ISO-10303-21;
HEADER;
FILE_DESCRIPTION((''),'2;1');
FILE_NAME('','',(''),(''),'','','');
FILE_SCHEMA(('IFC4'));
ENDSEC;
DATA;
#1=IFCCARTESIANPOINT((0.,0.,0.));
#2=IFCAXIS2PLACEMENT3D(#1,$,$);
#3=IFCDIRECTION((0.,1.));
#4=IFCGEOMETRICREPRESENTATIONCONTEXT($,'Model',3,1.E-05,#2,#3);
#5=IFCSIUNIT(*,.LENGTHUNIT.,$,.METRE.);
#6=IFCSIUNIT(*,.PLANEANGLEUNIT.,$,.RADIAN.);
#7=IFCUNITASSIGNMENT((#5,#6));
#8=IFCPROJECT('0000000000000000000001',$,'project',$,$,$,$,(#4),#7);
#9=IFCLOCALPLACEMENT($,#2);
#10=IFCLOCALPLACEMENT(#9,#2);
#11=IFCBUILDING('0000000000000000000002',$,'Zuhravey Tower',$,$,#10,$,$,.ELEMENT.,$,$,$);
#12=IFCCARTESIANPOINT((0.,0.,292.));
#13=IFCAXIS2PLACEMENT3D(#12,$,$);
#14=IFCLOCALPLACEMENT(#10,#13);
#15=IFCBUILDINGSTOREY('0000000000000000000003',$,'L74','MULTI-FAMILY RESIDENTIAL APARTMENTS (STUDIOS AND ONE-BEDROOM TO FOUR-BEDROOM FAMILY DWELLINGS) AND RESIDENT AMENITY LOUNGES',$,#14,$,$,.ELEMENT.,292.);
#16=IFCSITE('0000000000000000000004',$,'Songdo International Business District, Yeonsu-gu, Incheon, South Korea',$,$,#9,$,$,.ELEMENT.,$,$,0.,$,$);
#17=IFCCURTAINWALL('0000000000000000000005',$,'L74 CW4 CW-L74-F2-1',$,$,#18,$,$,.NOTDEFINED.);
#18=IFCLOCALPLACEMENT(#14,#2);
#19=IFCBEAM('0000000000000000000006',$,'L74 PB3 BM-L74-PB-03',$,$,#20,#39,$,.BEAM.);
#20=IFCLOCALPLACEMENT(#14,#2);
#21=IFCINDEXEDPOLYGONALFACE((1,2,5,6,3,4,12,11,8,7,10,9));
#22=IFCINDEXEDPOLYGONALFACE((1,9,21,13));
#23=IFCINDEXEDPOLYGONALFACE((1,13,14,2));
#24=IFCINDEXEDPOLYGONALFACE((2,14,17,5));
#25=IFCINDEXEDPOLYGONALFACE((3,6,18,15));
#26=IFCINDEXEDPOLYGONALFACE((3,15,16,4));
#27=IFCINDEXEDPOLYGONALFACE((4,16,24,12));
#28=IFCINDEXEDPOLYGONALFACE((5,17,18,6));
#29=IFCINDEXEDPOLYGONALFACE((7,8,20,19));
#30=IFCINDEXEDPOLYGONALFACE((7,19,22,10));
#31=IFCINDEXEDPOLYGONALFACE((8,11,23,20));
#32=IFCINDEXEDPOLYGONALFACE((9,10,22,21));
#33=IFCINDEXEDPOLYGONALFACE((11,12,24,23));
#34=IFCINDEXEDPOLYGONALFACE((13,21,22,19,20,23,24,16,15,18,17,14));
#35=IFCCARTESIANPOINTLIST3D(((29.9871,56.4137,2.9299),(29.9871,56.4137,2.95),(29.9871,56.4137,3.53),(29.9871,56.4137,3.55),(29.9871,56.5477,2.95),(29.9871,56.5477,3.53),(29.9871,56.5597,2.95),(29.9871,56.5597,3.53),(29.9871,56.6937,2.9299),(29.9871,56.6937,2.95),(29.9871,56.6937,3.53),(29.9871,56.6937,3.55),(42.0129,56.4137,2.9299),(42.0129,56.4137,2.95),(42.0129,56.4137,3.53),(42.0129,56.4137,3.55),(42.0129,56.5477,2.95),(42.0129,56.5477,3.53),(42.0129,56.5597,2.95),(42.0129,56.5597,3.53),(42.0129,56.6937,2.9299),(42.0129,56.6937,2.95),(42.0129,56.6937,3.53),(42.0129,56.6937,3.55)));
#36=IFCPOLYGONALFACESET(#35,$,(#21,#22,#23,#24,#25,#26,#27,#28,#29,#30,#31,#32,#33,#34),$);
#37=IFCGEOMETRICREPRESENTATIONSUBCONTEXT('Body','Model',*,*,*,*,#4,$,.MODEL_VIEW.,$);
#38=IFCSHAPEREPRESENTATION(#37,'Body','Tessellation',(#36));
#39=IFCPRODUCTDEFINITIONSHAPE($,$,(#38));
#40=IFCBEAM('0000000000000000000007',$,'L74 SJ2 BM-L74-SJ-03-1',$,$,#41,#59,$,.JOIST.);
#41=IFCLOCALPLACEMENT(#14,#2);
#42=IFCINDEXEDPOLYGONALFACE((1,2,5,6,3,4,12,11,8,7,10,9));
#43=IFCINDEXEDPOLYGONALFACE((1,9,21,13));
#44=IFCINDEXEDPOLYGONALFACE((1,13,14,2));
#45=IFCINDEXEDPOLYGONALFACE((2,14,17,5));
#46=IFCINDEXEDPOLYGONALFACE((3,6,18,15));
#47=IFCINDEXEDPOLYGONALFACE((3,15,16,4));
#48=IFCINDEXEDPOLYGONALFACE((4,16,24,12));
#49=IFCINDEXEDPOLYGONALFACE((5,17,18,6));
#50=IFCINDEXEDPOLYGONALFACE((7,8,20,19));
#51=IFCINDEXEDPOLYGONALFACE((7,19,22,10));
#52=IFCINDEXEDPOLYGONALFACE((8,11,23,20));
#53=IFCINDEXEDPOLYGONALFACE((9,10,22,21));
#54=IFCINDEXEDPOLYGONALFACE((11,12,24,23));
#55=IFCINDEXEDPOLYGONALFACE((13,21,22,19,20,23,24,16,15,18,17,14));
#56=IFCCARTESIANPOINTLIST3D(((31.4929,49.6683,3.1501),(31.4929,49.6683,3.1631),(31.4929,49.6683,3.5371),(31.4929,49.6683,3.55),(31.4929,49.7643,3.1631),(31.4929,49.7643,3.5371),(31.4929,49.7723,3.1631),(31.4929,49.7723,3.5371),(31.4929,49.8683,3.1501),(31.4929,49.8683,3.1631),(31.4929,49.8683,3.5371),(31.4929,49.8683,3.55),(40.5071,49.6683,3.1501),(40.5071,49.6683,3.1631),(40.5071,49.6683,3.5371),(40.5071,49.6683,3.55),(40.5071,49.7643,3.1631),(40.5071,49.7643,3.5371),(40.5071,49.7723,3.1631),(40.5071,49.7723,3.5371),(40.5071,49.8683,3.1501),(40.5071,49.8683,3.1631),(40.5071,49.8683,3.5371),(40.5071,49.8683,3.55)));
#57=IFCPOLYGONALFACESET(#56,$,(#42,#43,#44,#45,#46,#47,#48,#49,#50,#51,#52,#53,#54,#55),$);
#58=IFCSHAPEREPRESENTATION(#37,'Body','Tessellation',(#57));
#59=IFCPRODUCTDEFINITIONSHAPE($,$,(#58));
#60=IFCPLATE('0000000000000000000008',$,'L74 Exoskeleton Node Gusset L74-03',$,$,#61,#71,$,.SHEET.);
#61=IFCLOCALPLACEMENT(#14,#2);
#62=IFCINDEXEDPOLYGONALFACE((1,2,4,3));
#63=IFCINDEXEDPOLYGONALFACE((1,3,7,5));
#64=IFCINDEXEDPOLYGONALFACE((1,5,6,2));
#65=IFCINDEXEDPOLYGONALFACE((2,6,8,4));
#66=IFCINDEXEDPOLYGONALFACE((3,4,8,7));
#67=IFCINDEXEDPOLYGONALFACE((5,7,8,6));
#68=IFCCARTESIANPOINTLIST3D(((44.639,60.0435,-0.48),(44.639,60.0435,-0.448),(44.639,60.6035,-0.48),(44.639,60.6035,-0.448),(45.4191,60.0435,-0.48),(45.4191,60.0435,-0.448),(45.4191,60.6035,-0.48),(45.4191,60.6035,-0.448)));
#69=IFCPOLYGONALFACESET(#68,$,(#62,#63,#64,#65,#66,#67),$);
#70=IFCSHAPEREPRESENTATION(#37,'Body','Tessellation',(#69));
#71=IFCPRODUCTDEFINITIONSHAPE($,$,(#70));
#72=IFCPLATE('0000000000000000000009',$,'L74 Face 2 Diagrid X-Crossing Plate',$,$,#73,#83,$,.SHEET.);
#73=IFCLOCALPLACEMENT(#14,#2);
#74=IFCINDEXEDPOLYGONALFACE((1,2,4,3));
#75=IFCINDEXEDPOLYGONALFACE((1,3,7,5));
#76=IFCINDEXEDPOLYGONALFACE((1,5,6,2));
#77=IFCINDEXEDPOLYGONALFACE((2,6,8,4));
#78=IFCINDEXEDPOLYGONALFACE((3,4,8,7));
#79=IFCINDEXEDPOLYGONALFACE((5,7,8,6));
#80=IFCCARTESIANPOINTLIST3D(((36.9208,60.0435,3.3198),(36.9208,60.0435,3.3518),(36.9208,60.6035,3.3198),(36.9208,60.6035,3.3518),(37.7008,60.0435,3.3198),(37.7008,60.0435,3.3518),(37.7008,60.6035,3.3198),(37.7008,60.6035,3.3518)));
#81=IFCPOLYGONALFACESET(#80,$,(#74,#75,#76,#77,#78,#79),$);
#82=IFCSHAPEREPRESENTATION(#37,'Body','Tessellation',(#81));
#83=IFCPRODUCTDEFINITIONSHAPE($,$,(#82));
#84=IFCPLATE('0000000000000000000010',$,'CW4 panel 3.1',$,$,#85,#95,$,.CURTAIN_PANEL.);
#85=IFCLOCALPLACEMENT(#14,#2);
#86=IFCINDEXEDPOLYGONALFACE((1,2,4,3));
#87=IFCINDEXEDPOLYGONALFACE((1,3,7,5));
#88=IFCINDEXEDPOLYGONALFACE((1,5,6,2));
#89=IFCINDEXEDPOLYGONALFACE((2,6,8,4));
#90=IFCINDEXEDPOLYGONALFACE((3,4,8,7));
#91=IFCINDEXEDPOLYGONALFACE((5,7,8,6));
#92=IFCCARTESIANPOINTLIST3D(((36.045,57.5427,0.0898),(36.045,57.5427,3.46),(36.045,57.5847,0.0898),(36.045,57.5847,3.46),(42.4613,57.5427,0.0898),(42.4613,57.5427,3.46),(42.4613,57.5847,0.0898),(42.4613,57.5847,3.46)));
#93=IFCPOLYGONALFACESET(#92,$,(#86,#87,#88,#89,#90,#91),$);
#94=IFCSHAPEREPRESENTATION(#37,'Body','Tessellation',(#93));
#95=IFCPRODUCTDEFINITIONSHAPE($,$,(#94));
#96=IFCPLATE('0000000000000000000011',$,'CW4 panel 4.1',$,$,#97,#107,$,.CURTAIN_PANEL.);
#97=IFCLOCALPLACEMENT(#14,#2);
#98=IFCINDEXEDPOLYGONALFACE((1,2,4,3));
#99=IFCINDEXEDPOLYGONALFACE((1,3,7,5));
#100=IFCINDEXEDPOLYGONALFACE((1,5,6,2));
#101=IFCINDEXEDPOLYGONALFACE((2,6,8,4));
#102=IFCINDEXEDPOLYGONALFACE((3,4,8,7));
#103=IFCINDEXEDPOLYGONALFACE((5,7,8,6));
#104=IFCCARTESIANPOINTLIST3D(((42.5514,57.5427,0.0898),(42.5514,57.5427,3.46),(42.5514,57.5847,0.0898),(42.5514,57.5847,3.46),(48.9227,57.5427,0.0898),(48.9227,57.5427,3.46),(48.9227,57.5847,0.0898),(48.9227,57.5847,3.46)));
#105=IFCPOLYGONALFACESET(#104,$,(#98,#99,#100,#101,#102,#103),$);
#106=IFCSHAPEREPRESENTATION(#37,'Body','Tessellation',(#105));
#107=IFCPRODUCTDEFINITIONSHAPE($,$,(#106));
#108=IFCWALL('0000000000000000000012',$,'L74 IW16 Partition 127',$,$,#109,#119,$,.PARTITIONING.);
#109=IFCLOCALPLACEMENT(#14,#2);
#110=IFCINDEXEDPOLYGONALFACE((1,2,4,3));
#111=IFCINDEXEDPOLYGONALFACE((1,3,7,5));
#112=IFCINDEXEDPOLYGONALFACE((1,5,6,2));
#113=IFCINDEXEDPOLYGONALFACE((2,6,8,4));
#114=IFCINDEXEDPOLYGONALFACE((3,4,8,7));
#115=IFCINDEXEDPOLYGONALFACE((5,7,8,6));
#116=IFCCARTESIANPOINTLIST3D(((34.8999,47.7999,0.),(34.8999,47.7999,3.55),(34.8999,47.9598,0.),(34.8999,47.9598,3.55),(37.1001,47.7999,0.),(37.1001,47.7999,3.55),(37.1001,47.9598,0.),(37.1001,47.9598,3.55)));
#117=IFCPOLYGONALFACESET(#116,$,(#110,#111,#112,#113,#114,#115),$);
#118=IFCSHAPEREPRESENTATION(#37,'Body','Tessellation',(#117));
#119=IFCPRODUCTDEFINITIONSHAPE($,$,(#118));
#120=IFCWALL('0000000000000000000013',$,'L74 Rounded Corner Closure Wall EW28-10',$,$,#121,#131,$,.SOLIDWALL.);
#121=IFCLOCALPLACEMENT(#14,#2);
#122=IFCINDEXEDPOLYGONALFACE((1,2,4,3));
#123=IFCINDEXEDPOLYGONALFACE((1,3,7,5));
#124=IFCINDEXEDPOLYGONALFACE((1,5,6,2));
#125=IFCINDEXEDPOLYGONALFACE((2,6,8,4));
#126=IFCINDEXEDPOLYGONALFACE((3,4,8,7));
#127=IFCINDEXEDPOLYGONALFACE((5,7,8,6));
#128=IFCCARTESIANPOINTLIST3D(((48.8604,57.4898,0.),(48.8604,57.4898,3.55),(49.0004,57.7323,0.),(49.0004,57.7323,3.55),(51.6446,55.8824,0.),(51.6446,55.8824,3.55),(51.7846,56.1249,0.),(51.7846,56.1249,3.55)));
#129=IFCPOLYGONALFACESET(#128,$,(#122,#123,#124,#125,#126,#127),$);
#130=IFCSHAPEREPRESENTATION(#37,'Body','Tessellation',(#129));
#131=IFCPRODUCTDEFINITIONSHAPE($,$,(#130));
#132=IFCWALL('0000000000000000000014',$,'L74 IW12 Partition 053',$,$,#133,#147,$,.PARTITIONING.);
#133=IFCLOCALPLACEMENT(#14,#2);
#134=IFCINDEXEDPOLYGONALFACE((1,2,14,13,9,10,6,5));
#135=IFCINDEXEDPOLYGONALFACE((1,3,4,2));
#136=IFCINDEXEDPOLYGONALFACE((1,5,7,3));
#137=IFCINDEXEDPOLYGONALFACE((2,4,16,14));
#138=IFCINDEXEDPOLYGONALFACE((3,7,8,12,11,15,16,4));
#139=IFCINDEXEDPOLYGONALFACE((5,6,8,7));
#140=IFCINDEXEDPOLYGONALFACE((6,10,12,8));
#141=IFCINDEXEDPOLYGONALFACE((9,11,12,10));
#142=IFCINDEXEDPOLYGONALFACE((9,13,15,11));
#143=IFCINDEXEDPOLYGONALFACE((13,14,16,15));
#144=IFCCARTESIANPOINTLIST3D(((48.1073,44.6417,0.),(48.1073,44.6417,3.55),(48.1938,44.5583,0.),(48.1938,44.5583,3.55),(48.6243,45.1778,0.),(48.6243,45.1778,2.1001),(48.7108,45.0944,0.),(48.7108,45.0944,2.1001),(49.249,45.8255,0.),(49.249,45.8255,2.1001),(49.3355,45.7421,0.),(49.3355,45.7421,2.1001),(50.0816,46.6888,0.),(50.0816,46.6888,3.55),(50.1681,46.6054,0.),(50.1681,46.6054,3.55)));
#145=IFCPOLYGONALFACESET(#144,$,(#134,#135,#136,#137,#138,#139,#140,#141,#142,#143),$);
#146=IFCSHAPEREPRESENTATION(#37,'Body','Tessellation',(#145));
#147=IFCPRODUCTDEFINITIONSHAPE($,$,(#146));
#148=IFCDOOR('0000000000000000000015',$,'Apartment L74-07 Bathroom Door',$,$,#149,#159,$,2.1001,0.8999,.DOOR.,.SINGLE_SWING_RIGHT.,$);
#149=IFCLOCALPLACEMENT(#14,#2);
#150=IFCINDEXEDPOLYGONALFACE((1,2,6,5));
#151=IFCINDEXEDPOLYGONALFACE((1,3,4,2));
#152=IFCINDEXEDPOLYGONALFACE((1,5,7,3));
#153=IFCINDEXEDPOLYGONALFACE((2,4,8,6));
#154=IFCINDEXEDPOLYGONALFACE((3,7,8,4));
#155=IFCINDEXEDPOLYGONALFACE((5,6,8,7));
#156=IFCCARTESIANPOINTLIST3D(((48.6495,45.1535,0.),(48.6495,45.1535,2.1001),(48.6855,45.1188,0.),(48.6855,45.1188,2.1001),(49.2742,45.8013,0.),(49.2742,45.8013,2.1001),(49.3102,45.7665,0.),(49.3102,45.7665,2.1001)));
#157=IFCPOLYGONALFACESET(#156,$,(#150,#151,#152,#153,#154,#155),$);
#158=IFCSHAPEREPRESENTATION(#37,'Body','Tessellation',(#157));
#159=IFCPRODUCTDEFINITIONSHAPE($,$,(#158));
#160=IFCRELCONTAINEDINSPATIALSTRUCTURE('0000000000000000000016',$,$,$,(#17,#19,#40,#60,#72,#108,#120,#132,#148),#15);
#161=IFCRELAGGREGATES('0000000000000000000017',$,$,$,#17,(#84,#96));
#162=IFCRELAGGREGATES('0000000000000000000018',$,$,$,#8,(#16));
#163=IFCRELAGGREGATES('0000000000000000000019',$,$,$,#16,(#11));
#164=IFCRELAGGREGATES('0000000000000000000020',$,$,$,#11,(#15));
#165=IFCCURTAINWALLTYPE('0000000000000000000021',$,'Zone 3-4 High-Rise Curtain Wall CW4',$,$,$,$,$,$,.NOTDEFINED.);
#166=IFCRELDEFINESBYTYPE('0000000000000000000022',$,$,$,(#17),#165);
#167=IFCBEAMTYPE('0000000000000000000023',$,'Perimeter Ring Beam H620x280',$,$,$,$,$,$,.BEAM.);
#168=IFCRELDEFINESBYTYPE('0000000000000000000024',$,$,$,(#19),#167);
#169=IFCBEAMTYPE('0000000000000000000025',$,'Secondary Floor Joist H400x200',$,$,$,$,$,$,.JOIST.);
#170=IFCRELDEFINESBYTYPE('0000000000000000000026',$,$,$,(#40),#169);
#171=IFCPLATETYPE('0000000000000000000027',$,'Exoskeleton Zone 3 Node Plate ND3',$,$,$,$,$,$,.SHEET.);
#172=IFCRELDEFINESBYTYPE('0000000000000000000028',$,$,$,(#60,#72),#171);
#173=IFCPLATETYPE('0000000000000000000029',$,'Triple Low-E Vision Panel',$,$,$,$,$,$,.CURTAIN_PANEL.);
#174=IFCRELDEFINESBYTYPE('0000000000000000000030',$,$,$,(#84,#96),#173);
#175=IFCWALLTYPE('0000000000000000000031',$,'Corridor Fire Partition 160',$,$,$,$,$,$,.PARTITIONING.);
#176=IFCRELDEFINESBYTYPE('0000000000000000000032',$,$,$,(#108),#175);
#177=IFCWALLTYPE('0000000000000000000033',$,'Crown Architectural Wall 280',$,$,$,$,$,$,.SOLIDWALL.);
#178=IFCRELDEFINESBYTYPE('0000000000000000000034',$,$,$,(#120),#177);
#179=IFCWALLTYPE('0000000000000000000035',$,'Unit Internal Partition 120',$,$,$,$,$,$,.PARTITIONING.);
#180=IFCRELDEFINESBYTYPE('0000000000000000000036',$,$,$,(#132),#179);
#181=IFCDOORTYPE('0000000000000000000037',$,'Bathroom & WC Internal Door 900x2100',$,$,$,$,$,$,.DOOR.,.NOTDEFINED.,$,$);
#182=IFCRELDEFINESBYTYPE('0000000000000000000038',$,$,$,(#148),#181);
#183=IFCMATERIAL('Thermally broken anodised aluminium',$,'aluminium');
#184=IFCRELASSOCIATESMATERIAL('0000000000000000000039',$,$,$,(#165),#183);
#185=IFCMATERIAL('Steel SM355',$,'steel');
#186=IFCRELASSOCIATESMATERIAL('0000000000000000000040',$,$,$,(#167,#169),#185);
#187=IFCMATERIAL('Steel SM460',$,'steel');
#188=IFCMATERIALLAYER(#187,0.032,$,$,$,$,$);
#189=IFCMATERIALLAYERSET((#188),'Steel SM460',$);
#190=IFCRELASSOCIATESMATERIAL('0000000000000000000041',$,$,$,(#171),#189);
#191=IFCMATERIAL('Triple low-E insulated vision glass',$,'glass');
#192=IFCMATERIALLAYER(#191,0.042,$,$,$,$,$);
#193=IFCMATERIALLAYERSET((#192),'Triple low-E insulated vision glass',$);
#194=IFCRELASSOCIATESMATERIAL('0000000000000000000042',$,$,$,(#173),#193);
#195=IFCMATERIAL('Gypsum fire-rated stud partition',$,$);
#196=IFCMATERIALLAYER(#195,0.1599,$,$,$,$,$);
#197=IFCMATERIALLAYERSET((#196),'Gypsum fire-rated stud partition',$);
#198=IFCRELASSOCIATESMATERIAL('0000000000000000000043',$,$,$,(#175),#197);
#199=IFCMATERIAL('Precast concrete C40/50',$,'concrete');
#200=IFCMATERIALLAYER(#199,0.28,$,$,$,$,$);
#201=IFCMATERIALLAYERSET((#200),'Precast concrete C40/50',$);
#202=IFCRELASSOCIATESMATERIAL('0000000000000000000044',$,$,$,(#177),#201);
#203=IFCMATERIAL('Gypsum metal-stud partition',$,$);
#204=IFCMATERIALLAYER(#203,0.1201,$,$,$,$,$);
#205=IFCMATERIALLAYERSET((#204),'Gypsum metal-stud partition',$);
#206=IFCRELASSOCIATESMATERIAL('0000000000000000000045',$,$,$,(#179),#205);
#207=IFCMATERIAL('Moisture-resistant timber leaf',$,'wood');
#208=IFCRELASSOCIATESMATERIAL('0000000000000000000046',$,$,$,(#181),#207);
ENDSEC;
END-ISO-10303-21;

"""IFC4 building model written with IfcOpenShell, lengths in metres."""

from ifc_helpers import new_model, si_unit, direction, frame, frame_2d, origin, origin_2d, place, context, subcontext, project, spatial, rectangle, i_section, extrude, material, layer, layer_set, material_profile, profile_set, type_object, element, fill, aggregate, save


model = new_model("IFC4")

# Units and contexts
model_context = context("Model", 3, precision=1e-05, world=origin(), true_north=direction((0.0, 1.0)))
body_context = subcontext(model_context, "Body", "Model", "MODEL_VIEW")
ifc_project = project(units=[si_unit("LENGTHUNIT", "METRE"), si_unit("PLANEANGLEUNIT", "RADIAN")], contexts=[model_context])

# Site, building, storey
site_placement = place(None, origin())
site = spatial("IfcSite", under=ifc_project, at=site_placement, Name="Songdo International Business District, Yeonsu-gu, Incheon, South Korea", CompositionType="ELEMENT", RefElevation=0.0)
building_placement = place(site_placement, origin())
building = spatial("IfcBuilding", under=site, at=building_placement, Name="Zuhravey Tower", CompositionType="ELEMENT")
storey_placement = place(building_placement, frame((0.0, 0.0, 292.0)))
storey = spatial("IfcBuildingStorey", under=building, at=storey_placement, Name="L74", Description="MULTI-FAMILY RESIDENTIAL APARTMENTS (STUDIOS AND ONE-BEDROOM TO FOUR-BEDROOM FAMILY DWELLINGS) AND RESIDENT AMENITY LOUNGES", CompositionType="ELEMENT", Elevation=292.0)

# Curtain wall
ifc_material_1 = material(Name="Thermally broken anodised aluminium", Category="aluminium")
curtain_wall_type = type_object("IfcCurtainWallType", Name="Zone 3-4 High-Rise Curtain Wall CW4", PredefinedType="NOTDEFINED", material=ifc_material_1)
curtain_wall_placement = place(storey_placement, origin())
curtain_wall = element("IfcCurtainWall", 1, at=curtain_wall_placement, inside=storey, type_object=curtain_wall_type, Name="L74 CW4 CW-L74-F2-1", PredefinedType="NOTDEFINED")

# Shared definitions
ifc_material_2 = material(Name="Steel SM355", Category="steel")

# Beams
ifc_material_profile_1 = material_profile(ifc_material_2, i_section(OverallWidth=0.28, OverallDepth=0.6201, WebThickness=0.012, FlangeThickness=0.02, at=origin_2d()), Name="H-620x280x12x20")
ifc_profile_set_1 = profile_set([ifc_material_profile_1], Name="Steel SM355")
beam_type_1 = type_object("IfcBeamType", Name="Perimeter Ring Beam H620x280", PredefinedType="BEAM", material=ifc_profile_set_1)
beam_1_placement = place(storey_placement, frame((42.0129, 56.5537, 3.24), z_axis=(-1.0, 0.0, 0.0), x_axis=(0.0, -1.0, 0.0)))
element("IfcBeam", 2, at=beam_1_placement, inside=storey, type_object=beam_type_1, Name="L74 PB3 BM-L74-PB-03", PredefinedType="BEAM", context=body_context, shape_type="SweptSolid", body=[
    extrude(i_section(OverallWidth=0.28, OverallDepth=0.6201, WebThickness=0.012, FlangeThickness=0.02, at=origin_2d()), origin(), (0.0, 0.0, 1.0), 12.0259),
])
ifc_material_profile_2 = material_profile(ifc_material_2, i_section(OverallWidth=0.2, OverallDepth=0.3999, WebThickness=0.0081, FlangeThickness=0.0129, at=origin_2d()), Name="H-400x200x8x13")
ifc_profile_set_2 = profile_set([ifc_material_profile_2], Name="Steel SM355")
beam_type_2 = type_object("IfcBeamType", Name="Secondary Floor Joist H400x200", PredefinedType="JOIST", material=ifc_profile_set_2)
beam_2_placement = place(storey_placement, frame((40.5071, 49.7683, 3.3501), z_axis=(-1.0, 0.0, 0.0), x_axis=(0.0, -1.0, 0.0)))
element("IfcBeam", 3, at=beam_2_placement, inside=storey, type_object=beam_type_2, Name="L74 SJ2 BM-L74-SJ-03-1", PredefinedType="JOIST", context=body_context, shape_type="SweptSolid", body=[
    extrude(i_section(OverallWidth=0.2, OverallDepth=0.3999, WebThickness=0.0081, FlangeThickness=0.0129, at=origin_2d()), origin(), (0.0, 0.0, 1.0), 9.0142),
])

# Plates
ifc_material_3 = material(Name="Steel SM460", Category="steel")
ifc_layer_1 = layer(ifc_material_3, 0.032)
ifc_layer_set_1 = layer_set([ifc_layer_1], Name="Steel SM460")
plate_type_1 = type_object("IfcPlateType", Name="Exoskeleton Zone 3 Node Plate ND3", PredefinedType="SHEET", material=ifc_layer_set_1)
for number, where, z_axis, x_axis, name in (
    (4, (45.0291, 60.3235, -0.48), (0.0, 0.0, 1.0), (-1.0, 0.0, 0.0), "L74 Exoskeleton Node Gusset L74-03"),
    (5, (37.3108, 60.3235, 3.3198), (0.0, 0.0, 1.0), (-1.0, 0.0, 0.0), "L74 Face 2 Diagrid X-Crossing Plate"),
):
    element("IfcPlate", number, at=place(storey_placement, frame(where, z_axis=z_axis, x_axis=x_axis)), inside=storey, type_object=plate_type_1, Name=name, PredefinedType="SHEET", context=body_context, shape_type="SweptSolid", body=[
        extrude(rectangle(XDim=0.78, YDim=0.5601, at=origin_2d()), origin(), (0.0, 0.0, 1.0), 0.032),
    ])

# Plates
ifc_material_4 = material(Name="Triple low-E insulated vision glass", Category="glass")
ifc_layer_2 = layer(ifc_material_4, 0.042)
ifc_layer_set_2 = layer_set([ifc_layer_2], Name="Triple low-E insulated vision glass")
plate_type_2 = type_object("IfcPlateType", Name="Triple Low-E Vision Panel", PredefinedType="CURTAIN_PANEL", material=ifc_layer_set_2)
plate_1_placement = place(storey_placement, frame((39.2532, 57.5637, 0.0898), z_axis=(0.0, 0.0, 1.0), x_axis=(1.0, 0.0, 0.0)))
plate_1 = element("IfcPlate", 6, at=plate_1_placement, type_object=plate_type_2, Name="CW4 panel 3.1", PredefinedType="CURTAIN_PANEL", context=body_context, shape_type="SweptSolid", body=[
    extrude(rectangle(XDim=6.4163, YDim=0.042, at=origin_2d()), origin(), (0.0, 0.0, 1.0), 3.3701),
])
plate_2_placement = place(storey_placement, frame((45.7371, 57.5637, 0.0898), z_axis=(0.0, 0.0, 1.0), x_axis=(1.0, 0.0, 0.0)))
plate_2 = element("IfcPlate", 7, at=plate_2_placement, type_object=plate_type_2, Name="CW4 panel 4.1", PredefinedType="CURTAIN_PANEL", context=body_context, shape_type="SweptSolid", body=[
    extrude(rectangle(XDim=6.3713, YDim=0.042, at=origin_2d()), origin(), (0.0, 0.0, 1.0), 3.3701),
])
aggregate(curtain_wall, [plate_1, plate_2])

# Walls
ifc_material_5 = material(Name="Gypsum fire-rated stud partition")
ifc_layer_3 = layer(ifc_material_5, 0.1599)
ifc_layer_set_3 = layer_set([ifc_layer_3], Name="Gypsum fire-rated stud partition")
wall_type_1 = type_object("IfcWallType", Name="Corridor Fire Partition 160", PredefinedType="PARTITIONING", material=ifc_layer_set_3)
wall_1_placement = place(storey_placement, frame((37.1001, 47.8799, 0.0), z_axis=(0.0, 0.0, 1.0), x_axis=(-1.0, 0.0, 0.0)))
element("IfcWall", 8, at=wall_1_placement, inside=storey, type_object=wall_type_1, Name="L74 IW16 Partition 127", PredefinedType="PARTITIONING", context=body_context, shape_type="SweptSolid", body=[
    extrude(rectangle(XDim=2.2002, YDim=0.1599, at=frame_2d((1.1001, 0.0))), origin(), (0.0, 0.0, 1.0), 3.55),
])
ifc_material_6 = material(Name="Precast concrete C40/50", Category="concrete")
ifc_layer_4 = layer(ifc_material_6, 0.28)
ifc_layer_set_4 = layer_set([ifc_layer_4], Name="Precast concrete C40/50")
wall_type_2 = type_object("IfcWallType", Name="Crown Architectural Wall 280", PredefinedType="SOLIDWALL", material=ifc_layer_set_4)
wall_2_placement = place(storey_placement, frame((48.9304, 57.6111, 0.0), z_axis=(0.0, 0.0, 1.0), x_axis=(0.866029, -0.499994, 0.0)))
element("IfcWall", 9, at=wall_2_placement, inside=storey, type_object=wall_type_2, Name="L74 Rounded Corner Closure Wall EW28-10", PredefinedType="SOLIDWALL", context=body_context, shape_type="SweptSolid", body=[
    extrude(rectangle(XDim=3.2148, YDim=0.28, at=frame_2d((1.6074, 0.0))), origin(), (0.0, 0.0, 1.0), 3.55),
])

# Wall, opening, door
ifc_material_7 = material(Name="Gypsum metal-stud partition")
ifc_layer_5 = layer(ifc_material_7, 0.1201)
ifc_layer_set_5 = layer_set([ifc_layer_5], Name="Gypsum metal-stud partition")
wall_type_3 = type_object("IfcWallType", Name="Unit Internal Partition 120", PredefinedType="PARTITIONING", material=ifc_layer_set_5)
wall_3_placement = place(storey_placement, frame((48.1506, 44.6001, 0.0), z_axis=(0.0, 0.0, 1.0), x_axis=(0.694201, 0.719781, 0.0)))
wall_3 = element("IfcWall", 10, at=wall_3_placement, inside=storey, type_object=wall_type_3, Name="L74 IW12 Partition 053", PredefinedType="PARTITIONING", context=body_context, shape_type="SweptSolid", body=[
    extrude(rectangle(XDim=2.844, YDim=0.1201, at=frame_2d((1.4219, 0.0))), origin(), (0.0, 0.0, 1.0), 3.55),
])
opening_1_placement = place(wall_3_placement, frame((0.7446, 0.0, 0.0)))
opening_1 = element("IfcOpeningElement", 11, at=opening_1_placement, cuts=wall_3, PredefinedType="OPENING", context=body_context, shape_type="SweptSolid", body=[
    extrude(rectangle(XDim=0.8999, YDim=2.1001, at=frame_2d((0.45, 1.05))), frame((0.0, 0.072, 0.0), z_axis=(0.0, -1.0, 0.0), x_axis=(1.0, 0.0, 0.0)), (0.0, 0.0, 1.0), 0.144),
])
ifc_material_8 = material(Name="Moisture-resistant timber leaf", Category="wood")
door_type_1 = type_object("IfcDoorType", Name="Bathroom & WC Internal Door 900x2100", OperationType="NOTDEFINED", PredefinedType="DOOR", material=ifc_material_8)
door_1_placement = place(opening_1_placement, frame((0.8999, 0.0, 0.0), z_axis=(0.0, 0.0, 1.0), x_axis=(-1.0, 0.0, 0.0)))
door_1 = element("IfcDoor", 12, at=door_1_placement, inside=storey, type_object=door_type_1, Name="Apartment L74-07 Bathroom Door", OperationType="SINGLE_SWING_RIGHT", OverallHeight=2.1001, OverallWidth=0.8999, PredefinedType="DOOR", context=body_context, shape_type="SweptSolid", body=[
    extrude(rectangle(XDim=0.8999, YDim=2.1001, at=frame_2d((0.45, 1.05))), frame((0.0, 0.0249, 0.0), z_axis=(0.0, -1.0, 0.0), x_axis=(1.0, 0.0, 0.0)), (0.0, 0.0, 1.0), 0.05),
])
fill(opening_1, door_1)

save(model, "model.ifc")
